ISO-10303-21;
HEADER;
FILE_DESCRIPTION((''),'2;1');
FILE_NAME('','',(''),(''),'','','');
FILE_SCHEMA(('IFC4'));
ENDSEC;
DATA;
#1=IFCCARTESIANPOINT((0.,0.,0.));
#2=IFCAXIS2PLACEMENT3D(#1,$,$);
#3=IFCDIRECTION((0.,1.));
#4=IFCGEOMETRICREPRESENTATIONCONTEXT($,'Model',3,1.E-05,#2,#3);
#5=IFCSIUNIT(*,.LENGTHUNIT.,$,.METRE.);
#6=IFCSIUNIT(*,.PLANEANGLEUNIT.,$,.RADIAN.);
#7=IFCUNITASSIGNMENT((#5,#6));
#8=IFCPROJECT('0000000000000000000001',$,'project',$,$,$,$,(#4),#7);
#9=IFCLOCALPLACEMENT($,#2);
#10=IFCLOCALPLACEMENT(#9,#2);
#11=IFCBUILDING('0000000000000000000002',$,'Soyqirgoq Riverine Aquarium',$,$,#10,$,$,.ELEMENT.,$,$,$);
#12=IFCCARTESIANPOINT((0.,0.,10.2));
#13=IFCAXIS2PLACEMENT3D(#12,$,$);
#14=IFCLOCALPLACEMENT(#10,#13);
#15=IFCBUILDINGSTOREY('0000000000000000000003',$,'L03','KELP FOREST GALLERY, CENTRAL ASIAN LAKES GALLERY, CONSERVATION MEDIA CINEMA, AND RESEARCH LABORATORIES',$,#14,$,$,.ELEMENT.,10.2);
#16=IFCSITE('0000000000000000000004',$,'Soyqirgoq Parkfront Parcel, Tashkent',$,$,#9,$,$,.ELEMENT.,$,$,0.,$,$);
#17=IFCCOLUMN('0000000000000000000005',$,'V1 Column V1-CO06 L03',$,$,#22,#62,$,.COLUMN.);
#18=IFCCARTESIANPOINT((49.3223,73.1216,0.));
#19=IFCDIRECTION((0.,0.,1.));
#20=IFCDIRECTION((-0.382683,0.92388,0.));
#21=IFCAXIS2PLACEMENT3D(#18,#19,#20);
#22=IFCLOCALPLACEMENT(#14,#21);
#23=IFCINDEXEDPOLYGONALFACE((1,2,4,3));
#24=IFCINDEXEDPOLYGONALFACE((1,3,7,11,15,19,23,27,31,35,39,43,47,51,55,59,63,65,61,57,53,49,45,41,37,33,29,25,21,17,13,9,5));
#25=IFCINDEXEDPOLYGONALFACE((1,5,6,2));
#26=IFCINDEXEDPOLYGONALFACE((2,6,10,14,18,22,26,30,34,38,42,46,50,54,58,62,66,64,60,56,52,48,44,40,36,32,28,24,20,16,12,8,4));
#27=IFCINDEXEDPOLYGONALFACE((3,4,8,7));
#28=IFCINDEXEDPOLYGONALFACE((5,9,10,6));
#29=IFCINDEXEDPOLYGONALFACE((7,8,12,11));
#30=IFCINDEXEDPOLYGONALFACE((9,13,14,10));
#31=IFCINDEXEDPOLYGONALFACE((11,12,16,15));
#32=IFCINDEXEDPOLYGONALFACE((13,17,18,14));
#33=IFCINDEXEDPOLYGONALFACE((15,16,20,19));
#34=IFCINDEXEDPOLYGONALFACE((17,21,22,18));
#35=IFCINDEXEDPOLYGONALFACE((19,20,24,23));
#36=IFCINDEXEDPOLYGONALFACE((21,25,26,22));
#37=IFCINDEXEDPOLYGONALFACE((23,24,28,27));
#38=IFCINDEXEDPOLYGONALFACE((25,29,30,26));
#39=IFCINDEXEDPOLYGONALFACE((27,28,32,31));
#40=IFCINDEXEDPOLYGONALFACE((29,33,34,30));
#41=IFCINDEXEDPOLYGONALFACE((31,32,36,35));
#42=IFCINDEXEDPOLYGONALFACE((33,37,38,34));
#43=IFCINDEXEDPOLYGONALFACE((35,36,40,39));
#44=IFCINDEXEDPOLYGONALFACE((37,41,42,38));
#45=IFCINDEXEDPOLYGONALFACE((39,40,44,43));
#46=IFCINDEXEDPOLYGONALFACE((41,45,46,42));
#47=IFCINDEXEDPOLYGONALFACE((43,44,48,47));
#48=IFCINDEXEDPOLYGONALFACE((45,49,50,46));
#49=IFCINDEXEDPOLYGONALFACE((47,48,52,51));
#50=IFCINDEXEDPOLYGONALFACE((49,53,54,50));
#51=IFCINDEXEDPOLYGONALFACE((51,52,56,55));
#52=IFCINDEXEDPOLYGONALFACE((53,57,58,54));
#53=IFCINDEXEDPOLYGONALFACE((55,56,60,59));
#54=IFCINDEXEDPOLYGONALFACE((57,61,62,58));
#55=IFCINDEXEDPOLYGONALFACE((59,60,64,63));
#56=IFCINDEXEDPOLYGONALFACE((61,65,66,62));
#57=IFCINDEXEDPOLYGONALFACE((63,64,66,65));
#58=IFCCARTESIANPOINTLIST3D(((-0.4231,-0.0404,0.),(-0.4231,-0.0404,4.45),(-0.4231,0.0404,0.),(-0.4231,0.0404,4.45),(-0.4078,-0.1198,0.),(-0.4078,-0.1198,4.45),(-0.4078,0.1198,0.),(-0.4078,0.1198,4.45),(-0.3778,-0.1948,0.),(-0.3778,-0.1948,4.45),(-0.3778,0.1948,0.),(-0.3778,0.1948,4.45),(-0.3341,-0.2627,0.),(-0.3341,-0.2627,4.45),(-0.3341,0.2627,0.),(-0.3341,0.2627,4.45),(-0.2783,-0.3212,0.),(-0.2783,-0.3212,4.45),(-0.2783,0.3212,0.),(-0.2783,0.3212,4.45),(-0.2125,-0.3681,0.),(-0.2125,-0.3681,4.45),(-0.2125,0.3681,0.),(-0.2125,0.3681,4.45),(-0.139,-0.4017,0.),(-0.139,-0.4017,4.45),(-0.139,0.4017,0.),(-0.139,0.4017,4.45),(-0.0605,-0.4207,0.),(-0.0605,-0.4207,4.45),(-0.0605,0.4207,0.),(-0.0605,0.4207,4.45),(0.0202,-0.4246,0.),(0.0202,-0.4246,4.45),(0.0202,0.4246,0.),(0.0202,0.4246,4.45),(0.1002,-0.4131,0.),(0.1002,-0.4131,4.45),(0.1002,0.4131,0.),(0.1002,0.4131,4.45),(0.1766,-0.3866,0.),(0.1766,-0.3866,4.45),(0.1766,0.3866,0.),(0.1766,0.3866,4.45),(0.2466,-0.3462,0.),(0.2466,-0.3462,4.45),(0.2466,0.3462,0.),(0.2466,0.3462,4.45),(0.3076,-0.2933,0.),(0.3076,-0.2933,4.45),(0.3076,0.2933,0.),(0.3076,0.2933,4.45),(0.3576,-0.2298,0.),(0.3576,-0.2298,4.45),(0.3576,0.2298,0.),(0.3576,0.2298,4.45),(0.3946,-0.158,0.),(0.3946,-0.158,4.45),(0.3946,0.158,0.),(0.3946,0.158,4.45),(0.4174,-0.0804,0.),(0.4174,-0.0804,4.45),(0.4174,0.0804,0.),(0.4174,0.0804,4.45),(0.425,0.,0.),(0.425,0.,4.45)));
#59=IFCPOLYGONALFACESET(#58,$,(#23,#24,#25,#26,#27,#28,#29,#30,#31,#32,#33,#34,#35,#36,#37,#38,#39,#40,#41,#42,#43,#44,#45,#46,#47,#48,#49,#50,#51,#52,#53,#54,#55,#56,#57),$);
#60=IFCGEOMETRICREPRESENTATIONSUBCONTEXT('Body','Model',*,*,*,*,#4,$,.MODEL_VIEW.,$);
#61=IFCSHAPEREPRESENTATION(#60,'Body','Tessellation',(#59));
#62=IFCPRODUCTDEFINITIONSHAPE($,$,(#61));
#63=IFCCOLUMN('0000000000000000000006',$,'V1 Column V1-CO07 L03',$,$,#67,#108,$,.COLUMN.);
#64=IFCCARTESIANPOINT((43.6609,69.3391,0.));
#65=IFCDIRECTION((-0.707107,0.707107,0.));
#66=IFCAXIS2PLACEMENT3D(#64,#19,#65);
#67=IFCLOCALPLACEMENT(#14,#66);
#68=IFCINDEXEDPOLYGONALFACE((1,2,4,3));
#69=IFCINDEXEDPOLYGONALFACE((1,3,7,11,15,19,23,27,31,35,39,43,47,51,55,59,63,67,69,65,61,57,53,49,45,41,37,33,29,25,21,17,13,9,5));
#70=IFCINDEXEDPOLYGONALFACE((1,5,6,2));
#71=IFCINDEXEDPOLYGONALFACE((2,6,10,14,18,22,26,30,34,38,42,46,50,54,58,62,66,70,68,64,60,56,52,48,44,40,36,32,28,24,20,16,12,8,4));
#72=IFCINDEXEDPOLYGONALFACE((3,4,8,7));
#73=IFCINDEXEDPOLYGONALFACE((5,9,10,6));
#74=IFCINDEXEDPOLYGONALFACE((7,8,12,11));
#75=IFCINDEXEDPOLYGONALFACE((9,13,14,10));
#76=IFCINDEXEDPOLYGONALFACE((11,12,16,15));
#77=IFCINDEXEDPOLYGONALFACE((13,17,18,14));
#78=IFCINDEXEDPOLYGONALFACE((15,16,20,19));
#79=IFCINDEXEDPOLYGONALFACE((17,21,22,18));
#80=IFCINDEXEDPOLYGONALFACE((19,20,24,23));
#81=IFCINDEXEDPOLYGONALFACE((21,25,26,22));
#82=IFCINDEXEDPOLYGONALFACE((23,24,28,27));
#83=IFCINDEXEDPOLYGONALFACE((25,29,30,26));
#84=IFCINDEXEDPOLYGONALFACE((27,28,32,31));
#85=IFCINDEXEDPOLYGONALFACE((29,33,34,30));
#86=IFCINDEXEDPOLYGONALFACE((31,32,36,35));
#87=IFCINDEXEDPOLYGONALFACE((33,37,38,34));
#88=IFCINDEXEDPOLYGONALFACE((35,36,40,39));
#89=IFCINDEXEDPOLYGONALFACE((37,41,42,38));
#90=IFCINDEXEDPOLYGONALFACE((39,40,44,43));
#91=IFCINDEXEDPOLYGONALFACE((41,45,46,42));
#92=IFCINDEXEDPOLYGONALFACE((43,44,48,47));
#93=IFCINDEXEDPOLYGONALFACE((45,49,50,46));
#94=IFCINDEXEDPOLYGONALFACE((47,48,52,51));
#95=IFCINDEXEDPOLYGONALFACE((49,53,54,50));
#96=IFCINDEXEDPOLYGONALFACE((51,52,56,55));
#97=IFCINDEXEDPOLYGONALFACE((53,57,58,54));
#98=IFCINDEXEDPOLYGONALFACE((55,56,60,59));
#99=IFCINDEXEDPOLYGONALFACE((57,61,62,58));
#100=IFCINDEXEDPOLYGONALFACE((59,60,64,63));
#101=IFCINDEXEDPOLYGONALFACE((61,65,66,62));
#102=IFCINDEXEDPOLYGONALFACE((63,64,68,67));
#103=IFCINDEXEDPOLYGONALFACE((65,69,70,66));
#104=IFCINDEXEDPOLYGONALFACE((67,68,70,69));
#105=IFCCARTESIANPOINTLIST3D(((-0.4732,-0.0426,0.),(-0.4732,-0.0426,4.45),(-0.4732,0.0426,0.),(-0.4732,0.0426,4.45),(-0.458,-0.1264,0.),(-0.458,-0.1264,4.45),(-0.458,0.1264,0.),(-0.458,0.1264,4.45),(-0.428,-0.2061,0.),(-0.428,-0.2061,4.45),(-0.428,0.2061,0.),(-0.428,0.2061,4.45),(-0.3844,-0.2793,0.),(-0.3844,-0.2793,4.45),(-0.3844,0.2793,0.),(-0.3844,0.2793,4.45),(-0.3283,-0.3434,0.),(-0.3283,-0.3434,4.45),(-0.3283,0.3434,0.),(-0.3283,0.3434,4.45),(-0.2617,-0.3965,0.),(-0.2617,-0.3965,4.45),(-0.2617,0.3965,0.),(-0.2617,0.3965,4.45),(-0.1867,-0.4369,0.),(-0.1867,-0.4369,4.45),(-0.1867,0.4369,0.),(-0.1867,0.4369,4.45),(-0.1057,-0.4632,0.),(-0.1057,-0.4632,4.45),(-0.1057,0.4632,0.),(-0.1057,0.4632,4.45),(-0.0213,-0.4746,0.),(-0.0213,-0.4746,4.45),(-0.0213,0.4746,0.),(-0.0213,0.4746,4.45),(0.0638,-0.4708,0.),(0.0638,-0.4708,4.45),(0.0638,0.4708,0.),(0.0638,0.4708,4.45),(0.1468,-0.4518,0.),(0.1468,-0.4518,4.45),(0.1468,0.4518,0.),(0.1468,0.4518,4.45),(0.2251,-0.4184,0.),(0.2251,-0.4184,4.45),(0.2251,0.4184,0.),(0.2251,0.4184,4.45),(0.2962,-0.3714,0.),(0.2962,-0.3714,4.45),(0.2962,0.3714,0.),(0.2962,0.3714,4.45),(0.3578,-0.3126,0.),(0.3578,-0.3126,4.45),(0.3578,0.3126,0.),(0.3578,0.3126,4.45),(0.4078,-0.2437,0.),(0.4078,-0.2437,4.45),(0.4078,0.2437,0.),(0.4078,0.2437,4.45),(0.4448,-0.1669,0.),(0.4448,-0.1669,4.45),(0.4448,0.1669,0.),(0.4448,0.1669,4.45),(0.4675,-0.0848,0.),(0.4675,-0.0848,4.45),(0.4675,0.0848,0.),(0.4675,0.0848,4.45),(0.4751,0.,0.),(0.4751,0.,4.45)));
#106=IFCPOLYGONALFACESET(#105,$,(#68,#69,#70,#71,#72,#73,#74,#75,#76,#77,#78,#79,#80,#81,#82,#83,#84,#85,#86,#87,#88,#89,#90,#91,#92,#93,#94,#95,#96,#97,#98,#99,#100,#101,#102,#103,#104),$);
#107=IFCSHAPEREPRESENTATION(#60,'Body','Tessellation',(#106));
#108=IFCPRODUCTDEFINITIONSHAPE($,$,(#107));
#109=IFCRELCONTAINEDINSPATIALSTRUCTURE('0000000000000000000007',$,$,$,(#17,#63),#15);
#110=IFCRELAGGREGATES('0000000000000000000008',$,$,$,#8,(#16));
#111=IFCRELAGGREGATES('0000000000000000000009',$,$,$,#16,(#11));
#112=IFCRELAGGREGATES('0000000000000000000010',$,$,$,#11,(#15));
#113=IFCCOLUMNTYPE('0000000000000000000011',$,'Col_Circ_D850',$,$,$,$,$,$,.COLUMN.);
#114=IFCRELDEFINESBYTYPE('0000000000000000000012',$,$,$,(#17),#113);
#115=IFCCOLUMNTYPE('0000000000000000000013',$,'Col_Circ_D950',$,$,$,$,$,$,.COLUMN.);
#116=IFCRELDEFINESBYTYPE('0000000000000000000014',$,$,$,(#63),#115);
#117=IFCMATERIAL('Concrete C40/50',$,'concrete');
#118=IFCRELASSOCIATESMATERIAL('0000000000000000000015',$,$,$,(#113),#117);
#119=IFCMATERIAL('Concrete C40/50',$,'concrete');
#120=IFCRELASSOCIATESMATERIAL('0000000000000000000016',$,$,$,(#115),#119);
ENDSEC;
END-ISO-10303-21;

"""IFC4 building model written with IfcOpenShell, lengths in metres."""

from ifc_helpers import new_model, si_unit, direction, frame, origin, origin_2d, place, context, subcontext, project, spatial, circle, extrude, material, material_profile, profile_set, type_object, element, save


model = new_model("IFC4")

# Units and contexts
model_context = context("Model", 3, precision=1e-05, world=origin(), true_north=direction((0.0, 1.0)))
body_context = subcontext(model_context, "Body", "Model", "MODEL_VIEW")
ifc_project = project(units=[si_unit("LENGTHUNIT", "METRE"), si_unit("PLANEANGLEUNIT", "RADIAN")], contexts=[model_context])

# Site, building, storey
site_placement = place(None, origin())
site = spatial("IfcSite", under=ifc_project, at=site_placement, Name="Soyqirgoq Parkfront Parcel, Tashkent", CompositionType="ELEMENT", RefElevation=0.0)
building_placement = place(site_placement, origin())
building = spatial("IfcBuilding", under=site, at=building_placement, Name="Soyqirgoq Riverine Aquarium", CompositionType="ELEMENT")
storey_placement = place(building_placement, frame((0.0, 0.0, 10.2)))
storey = spatial("IfcBuildingStorey", under=building, at=storey_placement, Name="L03", Description="KELP FOREST GALLERY, CENTRAL ASIAN LAKES GALLERY, CONSERVATION MEDIA CINEMA, AND RESEARCH LABORATORIES", CompositionType="ELEMENT", Elevation=10.2)

# Columns
ifc_material_1 = material(Name="Concrete C40/50", Category="concrete")
ifc_material_profile_1 = material_profile(ifc_material_1, circle(Radius=0.425, at=origin_2d()), Name="RC-COL D850")
ifc_profile_set_1 = profile_set([ifc_material_profile_1], Name="Concrete C40/50")
column_type_1 = type_object("IfcColumnType", Name="Col_Circ_D850", PredefinedType="COLUMN", material=ifc_profile_set_1)
column_1_placement = place(storey_placement, frame((49.3223, 73.1216, 0.0), z_axis=(0.0, 0.0, 1.0), x_axis=(-0.382683, 0.92388, 0.0)))
element("IfcColumn", 1, at=column_1_placement, inside=storey, type_object=column_type_1, Name="V1 Column V1-CO06 L03", PredefinedType="COLUMN", context=body_context, shape_type="SweptSolid", body=[
    extrude(circle(Radius=0.425, at=origin_2d()), origin(), (0.0, 0.0, 1.0), 4.45),
])
ifc_material_2 = material(Name="Concrete C40/50", Category="concrete")
ifc_material_profile_2 = material_profile(ifc_material_2, circle(Radius=0.4751, at=origin_2d()), Name="RC-COL D950")
ifc_profile_set_2 = profile_set([ifc_material_profile_2], Name="Concrete C40/50")
column_type_2 = type_object("IfcColumnType", Name="Col_Circ_D950", PredefinedType="COLUMN", material=ifc_profile_set_2)
column_2_placement = place(storey_placement, frame((43.6609, 69.3391, 0.0), z_axis=(0.0, 0.0, 1.0), x_axis=(-0.707107, 0.707107, 0.0)))
element("IfcColumn", 2, at=column_2_placement, inside=storey, type_object=column_type_2, Name="V1 Column V1-CO07 L03", PredefinedType="COLUMN", context=body_context, shape_type="SweptSolid", body=[
    extrude(circle(Radius=0.4751, at=origin_2d()), origin(), (0.0, 0.0, 1.0), 4.45),
])

save(model, "model.ifc")
